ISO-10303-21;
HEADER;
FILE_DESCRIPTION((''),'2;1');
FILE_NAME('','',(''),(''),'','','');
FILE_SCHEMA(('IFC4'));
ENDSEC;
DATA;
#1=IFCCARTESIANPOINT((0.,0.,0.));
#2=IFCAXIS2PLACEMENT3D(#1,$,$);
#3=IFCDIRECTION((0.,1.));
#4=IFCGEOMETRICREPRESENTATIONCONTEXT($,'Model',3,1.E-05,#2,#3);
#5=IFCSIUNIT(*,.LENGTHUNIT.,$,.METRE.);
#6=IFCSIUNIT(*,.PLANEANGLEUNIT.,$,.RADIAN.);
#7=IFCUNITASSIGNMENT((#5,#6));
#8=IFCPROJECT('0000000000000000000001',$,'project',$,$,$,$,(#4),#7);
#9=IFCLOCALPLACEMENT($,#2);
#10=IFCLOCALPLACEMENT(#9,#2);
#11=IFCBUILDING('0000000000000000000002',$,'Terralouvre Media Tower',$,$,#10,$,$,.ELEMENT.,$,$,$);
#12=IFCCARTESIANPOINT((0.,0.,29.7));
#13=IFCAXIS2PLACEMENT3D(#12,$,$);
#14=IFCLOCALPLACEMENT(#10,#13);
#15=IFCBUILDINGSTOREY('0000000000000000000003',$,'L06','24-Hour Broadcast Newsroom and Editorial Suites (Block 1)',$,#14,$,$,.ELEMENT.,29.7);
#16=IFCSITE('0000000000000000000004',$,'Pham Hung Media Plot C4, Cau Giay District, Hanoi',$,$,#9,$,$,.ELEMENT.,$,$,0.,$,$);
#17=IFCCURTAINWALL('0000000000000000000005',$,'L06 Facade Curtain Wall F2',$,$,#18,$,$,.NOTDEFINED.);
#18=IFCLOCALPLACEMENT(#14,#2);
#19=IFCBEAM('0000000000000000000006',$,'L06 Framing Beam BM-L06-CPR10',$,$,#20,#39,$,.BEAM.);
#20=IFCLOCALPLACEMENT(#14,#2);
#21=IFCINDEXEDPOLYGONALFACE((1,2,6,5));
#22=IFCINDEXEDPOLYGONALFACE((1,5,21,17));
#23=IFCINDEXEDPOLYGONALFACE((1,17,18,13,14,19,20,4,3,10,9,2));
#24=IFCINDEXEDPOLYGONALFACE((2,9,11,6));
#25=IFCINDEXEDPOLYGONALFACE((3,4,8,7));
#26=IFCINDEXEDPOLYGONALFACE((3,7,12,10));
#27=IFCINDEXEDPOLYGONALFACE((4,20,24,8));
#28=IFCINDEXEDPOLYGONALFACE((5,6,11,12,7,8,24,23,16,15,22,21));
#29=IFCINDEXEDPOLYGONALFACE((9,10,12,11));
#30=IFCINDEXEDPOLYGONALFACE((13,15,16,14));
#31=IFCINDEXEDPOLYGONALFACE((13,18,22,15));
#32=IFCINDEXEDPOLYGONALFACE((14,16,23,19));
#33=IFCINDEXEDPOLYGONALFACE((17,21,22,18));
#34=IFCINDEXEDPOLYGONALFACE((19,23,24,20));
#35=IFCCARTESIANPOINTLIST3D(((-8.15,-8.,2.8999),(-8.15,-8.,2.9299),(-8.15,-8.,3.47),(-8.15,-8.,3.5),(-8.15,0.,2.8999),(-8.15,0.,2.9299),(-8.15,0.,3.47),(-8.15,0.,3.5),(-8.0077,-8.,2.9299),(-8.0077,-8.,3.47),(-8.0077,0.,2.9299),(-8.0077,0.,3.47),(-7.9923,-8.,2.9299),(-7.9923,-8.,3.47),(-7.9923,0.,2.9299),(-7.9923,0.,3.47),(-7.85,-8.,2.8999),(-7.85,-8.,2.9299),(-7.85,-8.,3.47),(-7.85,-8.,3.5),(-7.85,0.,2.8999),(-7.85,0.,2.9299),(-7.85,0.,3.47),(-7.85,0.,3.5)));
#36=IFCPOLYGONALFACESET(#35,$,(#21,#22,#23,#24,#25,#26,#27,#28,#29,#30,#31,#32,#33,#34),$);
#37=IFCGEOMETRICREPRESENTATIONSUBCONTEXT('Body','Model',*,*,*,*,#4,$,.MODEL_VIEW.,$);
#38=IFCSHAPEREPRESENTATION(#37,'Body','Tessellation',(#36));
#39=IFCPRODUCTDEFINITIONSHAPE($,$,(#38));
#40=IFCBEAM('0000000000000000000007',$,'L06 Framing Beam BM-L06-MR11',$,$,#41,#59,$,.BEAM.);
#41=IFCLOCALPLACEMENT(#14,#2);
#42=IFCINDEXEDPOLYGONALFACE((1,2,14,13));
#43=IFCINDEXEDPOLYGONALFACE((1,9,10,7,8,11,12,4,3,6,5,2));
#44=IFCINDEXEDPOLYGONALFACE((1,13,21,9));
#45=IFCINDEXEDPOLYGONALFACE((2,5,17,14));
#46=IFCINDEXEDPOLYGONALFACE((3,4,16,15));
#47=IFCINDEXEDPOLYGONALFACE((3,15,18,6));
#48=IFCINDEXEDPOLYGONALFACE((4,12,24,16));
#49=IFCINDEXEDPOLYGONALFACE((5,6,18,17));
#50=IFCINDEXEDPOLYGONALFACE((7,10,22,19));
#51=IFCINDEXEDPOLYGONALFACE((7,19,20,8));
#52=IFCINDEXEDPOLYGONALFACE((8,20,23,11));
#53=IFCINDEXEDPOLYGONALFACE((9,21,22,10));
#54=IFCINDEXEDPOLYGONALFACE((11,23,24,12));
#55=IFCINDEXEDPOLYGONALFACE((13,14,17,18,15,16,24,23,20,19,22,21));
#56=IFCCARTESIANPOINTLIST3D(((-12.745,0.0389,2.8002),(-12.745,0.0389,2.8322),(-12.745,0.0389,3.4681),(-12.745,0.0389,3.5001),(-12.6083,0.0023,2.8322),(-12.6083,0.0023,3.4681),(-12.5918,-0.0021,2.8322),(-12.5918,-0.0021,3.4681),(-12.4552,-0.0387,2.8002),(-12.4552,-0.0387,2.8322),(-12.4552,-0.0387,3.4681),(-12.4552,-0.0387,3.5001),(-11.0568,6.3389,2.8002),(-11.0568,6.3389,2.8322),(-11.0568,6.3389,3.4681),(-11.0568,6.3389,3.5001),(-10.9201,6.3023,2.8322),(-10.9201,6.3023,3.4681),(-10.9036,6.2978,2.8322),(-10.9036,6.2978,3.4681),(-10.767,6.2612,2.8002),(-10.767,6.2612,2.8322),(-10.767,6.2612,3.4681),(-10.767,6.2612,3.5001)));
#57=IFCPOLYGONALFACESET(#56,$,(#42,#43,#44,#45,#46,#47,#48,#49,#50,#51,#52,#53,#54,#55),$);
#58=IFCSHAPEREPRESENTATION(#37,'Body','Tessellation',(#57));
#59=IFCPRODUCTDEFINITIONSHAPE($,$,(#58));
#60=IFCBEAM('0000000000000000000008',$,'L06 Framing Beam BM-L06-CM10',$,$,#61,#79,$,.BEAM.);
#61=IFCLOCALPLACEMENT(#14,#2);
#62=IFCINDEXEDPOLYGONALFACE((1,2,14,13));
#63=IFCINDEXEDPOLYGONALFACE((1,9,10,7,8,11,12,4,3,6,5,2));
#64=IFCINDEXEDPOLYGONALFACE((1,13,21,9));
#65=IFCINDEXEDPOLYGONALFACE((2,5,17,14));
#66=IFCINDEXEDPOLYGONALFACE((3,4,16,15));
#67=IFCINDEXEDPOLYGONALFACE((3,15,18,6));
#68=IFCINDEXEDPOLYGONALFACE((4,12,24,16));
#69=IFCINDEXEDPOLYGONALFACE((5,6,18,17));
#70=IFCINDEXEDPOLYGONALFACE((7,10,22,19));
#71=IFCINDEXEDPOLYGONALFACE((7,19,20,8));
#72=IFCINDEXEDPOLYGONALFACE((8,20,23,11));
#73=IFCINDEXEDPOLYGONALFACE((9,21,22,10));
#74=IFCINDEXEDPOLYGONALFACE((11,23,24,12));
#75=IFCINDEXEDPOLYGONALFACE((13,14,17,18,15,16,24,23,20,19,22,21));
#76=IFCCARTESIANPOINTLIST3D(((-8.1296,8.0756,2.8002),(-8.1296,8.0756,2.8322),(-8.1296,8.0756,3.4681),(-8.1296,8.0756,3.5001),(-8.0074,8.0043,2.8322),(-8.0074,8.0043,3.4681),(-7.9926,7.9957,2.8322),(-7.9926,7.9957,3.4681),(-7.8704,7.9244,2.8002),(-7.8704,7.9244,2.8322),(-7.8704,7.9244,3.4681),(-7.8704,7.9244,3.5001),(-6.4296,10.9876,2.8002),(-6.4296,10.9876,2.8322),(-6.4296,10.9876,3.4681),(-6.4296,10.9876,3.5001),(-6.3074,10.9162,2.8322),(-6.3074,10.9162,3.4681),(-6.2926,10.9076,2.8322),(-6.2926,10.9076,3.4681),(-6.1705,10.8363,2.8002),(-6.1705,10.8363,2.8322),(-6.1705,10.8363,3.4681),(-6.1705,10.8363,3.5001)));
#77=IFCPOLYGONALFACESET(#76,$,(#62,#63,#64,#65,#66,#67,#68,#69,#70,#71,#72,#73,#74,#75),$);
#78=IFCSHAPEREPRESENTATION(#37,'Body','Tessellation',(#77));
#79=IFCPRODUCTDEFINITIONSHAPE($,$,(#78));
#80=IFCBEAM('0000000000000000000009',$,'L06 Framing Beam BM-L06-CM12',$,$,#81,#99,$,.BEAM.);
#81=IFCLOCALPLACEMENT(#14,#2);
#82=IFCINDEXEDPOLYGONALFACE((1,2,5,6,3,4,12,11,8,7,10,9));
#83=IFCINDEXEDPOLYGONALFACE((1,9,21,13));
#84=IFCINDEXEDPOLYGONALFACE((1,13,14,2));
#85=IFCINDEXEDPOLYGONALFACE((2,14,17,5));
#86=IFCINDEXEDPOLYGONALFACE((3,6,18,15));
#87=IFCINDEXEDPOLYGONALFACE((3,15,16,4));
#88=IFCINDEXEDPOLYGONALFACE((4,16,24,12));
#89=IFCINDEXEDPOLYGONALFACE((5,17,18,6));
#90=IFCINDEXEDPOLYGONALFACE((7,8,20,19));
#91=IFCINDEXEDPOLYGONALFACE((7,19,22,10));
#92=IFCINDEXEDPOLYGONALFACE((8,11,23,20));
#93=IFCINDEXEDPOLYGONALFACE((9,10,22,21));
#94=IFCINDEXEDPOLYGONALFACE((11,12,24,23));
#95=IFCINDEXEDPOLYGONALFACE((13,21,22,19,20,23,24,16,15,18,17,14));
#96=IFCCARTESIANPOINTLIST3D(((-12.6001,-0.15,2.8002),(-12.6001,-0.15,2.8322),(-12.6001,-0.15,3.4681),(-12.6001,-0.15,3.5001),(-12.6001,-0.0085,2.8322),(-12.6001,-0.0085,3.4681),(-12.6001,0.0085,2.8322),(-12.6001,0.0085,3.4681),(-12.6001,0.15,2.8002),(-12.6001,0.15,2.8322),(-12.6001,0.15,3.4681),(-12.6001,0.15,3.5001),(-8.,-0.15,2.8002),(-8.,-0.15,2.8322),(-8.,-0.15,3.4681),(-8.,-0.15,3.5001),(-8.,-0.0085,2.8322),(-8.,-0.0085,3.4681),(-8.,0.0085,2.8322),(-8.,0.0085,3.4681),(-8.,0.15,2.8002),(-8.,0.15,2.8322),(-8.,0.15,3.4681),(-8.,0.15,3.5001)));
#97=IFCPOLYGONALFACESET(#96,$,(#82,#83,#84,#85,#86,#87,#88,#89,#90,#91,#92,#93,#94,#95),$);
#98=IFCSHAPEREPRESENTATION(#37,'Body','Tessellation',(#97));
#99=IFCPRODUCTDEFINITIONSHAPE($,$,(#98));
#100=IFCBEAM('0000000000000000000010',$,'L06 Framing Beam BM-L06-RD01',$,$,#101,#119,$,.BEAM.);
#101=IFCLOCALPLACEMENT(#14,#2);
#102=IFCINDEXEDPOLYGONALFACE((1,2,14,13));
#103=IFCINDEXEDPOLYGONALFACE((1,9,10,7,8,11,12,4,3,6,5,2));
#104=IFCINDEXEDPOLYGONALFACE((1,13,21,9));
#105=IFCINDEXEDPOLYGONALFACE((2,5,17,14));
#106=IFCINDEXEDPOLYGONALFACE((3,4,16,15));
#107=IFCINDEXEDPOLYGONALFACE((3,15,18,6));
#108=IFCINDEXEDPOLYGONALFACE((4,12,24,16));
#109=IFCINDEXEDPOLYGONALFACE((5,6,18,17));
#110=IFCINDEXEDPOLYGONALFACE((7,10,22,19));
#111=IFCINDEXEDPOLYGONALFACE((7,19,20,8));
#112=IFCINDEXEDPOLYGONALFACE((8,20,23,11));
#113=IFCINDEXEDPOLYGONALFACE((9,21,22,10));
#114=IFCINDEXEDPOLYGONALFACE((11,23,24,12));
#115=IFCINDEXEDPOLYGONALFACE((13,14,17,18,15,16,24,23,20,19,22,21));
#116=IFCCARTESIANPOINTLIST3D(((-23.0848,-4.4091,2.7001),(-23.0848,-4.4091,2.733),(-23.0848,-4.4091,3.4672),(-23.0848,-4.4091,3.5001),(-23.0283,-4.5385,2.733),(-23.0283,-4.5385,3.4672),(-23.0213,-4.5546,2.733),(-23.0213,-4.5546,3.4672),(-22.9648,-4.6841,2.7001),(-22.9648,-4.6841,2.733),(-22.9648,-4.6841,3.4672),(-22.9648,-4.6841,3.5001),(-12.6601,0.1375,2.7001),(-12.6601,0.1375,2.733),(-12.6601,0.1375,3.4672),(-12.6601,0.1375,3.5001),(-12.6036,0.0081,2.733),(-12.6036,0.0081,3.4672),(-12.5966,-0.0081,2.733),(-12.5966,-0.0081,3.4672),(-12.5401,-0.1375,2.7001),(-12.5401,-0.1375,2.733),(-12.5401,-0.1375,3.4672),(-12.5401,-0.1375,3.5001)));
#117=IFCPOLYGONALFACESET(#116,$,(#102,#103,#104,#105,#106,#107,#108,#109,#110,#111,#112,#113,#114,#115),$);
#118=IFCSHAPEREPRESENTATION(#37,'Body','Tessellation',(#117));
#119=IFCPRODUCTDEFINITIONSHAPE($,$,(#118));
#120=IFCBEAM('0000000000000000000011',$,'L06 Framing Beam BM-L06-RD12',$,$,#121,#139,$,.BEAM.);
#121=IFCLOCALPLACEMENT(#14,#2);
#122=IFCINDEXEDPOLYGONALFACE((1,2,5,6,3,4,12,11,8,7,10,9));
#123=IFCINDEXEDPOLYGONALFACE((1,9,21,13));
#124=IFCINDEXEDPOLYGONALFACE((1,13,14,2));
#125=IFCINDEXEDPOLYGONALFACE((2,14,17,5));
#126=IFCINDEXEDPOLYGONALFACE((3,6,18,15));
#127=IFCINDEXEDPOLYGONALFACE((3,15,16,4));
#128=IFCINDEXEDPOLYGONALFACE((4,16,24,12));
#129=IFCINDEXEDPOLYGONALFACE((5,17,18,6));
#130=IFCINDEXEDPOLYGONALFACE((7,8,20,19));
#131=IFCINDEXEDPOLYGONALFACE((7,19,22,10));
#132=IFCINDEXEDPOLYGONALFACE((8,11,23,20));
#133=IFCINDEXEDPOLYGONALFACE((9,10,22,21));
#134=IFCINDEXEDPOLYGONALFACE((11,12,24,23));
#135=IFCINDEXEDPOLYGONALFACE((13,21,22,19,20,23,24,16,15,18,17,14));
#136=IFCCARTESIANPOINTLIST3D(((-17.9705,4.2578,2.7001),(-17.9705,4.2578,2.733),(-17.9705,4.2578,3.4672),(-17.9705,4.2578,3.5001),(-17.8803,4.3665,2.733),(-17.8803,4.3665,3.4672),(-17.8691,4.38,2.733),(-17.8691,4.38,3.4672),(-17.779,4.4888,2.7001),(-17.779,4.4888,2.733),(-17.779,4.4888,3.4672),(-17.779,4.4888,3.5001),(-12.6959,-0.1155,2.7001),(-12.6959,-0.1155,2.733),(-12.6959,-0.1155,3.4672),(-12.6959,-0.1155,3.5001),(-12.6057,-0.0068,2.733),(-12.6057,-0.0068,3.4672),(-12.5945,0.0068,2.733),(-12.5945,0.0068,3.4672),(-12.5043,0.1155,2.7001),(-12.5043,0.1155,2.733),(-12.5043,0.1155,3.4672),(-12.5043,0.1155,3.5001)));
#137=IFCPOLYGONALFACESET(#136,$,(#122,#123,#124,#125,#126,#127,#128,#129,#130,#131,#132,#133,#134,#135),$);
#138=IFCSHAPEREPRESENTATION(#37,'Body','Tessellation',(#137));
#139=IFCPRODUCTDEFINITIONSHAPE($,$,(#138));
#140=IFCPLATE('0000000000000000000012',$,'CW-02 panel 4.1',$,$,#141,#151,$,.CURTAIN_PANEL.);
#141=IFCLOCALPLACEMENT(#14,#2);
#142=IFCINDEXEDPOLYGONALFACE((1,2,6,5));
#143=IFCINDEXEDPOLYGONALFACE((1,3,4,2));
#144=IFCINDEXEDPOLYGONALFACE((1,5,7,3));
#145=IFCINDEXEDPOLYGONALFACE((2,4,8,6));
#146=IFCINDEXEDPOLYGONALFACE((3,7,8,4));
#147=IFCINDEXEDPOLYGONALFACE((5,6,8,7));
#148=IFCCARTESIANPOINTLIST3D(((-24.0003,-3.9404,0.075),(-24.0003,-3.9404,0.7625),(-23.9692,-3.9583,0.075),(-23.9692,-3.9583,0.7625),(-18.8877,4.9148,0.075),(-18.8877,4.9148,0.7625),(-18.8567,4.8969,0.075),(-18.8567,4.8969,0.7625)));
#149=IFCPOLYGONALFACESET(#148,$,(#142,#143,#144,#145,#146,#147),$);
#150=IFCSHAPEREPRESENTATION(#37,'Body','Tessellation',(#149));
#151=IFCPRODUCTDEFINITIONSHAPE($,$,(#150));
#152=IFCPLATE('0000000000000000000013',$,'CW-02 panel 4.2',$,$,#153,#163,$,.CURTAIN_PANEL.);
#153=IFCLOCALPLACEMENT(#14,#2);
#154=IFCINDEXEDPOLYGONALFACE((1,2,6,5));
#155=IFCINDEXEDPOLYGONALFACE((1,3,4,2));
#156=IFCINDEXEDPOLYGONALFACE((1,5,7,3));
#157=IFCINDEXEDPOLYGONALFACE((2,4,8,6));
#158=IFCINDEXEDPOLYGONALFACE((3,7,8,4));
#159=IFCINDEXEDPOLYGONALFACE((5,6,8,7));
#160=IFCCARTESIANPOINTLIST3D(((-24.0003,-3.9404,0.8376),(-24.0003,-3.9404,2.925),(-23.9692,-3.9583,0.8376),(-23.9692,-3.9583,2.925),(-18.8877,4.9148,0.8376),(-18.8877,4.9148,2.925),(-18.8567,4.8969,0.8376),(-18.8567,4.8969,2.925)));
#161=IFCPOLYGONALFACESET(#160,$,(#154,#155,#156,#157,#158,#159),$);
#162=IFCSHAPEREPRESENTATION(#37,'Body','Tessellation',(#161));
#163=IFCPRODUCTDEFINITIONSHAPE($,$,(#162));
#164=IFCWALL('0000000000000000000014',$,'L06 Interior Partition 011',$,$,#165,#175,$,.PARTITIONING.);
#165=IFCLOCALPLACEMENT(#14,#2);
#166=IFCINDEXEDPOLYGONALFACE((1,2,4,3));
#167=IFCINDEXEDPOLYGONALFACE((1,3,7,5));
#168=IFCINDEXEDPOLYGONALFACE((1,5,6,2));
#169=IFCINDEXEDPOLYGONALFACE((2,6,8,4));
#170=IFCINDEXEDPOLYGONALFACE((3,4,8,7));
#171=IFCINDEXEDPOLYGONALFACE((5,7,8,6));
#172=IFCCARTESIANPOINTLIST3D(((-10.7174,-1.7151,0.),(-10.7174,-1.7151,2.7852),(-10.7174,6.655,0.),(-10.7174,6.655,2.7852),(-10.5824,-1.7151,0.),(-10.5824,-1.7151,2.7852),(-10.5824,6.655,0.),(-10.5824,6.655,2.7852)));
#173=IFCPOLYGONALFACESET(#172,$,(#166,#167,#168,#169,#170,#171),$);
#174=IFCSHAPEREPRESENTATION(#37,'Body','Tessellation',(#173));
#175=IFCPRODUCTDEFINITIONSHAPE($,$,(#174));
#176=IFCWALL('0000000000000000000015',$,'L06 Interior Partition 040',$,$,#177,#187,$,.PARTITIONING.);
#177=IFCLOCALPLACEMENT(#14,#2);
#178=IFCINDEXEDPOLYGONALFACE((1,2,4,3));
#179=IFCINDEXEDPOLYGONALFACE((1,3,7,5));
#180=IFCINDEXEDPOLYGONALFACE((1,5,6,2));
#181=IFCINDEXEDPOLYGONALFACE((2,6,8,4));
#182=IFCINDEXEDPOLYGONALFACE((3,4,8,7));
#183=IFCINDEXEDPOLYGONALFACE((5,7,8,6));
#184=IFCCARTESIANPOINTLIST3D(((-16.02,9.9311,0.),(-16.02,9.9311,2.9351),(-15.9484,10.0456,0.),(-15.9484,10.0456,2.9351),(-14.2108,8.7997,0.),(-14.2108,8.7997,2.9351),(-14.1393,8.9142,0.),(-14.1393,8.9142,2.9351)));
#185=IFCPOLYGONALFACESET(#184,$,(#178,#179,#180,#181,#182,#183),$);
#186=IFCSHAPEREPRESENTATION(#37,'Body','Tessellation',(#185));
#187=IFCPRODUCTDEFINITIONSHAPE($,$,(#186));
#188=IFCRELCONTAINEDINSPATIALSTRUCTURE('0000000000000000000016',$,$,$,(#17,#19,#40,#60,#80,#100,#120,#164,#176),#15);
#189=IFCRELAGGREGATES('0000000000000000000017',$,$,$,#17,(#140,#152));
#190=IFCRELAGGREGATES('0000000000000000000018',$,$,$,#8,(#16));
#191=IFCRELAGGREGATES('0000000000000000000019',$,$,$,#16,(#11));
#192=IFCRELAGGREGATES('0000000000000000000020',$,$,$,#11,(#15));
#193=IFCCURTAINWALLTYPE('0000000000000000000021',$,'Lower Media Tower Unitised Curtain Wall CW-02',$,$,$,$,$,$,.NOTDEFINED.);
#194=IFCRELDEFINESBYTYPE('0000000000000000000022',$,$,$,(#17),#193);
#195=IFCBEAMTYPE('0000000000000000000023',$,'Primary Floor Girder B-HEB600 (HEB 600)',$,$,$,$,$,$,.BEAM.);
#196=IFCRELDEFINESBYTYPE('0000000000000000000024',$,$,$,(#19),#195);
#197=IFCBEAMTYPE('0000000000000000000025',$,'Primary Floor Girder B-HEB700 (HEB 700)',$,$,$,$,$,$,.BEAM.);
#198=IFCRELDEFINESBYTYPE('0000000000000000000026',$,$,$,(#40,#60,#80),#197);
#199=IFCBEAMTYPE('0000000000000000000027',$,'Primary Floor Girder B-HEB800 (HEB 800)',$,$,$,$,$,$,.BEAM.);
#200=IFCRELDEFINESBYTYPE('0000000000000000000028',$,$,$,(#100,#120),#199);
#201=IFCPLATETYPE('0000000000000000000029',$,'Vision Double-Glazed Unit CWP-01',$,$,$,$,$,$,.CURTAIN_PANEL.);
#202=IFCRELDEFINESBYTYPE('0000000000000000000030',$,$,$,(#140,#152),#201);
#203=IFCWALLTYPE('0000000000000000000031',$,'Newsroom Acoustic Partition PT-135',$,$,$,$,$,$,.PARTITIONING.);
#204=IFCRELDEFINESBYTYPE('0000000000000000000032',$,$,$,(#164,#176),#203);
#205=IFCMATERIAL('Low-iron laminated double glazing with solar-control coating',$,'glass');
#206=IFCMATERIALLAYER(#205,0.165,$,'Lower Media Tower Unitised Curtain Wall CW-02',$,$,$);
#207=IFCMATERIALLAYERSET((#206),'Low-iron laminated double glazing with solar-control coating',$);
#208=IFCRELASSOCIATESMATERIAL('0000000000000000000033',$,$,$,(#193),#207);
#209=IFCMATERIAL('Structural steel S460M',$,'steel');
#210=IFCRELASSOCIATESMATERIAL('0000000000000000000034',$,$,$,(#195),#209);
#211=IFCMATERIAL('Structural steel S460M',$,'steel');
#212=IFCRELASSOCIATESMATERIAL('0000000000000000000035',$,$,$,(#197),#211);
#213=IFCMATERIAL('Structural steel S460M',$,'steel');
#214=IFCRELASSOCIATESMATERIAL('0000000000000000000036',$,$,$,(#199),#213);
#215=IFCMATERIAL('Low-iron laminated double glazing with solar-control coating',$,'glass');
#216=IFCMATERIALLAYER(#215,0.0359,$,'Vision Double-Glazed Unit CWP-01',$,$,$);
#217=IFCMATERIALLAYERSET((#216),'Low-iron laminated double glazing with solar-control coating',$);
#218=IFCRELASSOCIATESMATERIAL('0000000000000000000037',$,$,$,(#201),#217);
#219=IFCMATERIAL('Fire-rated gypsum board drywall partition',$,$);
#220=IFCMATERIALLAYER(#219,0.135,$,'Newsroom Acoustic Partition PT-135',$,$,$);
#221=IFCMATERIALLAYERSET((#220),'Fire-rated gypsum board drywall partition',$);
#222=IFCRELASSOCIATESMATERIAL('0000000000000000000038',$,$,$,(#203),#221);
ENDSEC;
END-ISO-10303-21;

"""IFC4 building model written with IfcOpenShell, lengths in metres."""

from ifc_helpers import new_model, si_unit, direction, frame, frame_2d, origin, origin_2d, place, context, subcontext, project, spatial, rectangle, i_section, extrude, material, layer, layer_set, material_profile, profile_set, type_object, element, aggregate, save


model = new_model("IFC4")

# Units and contexts
model_context = context("Model", 3, precision=1e-05, world=origin(), true_north=direction((0.0, 1.0)))
body_context = subcontext(model_context, "Body", "Model", "MODEL_VIEW")
ifc_project = project(units=[si_unit("LENGTHUNIT", "METRE"), si_unit("PLANEANGLEUNIT", "RADIAN")], contexts=[model_context])

# Site, building, storey
site_placement = place(None, origin())
site = spatial("IfcSite", under=ifc_project, at=site_placement, Name="Pham Hung Media Plot C4, Cau Giay District, Hanoi", CompositionType="ELEMENT", RefElevation=0.0)
building_placement = place(site_placement, origin())
building = spatial("IfcBuilding", under=site, at=building_placement, Name="Terralouvre Media Tower", CompositionType="ELEMENT")
storey_placement = place(building_placement, frame((0.0, 0.0, 29.7)))
storey = spatial("IfcBuildingStorey", under=building, at=storey_placement, Name="L06", Description="24-Hour Broadcast Newsroom and Editorial Suites (Block 1)", CompositionType="ELEMENT", Elevation=29.7)

# Curtain wall
ifc_material_1 = material(Name="Low-iron laminated double glazing with solar-control coating", Category="glass")
ifc_layer_1 = layer(ifc_material_1, 0.165, Name="Lower Media Tower Unitised Curtain Wall CW-02")
ifc_layer_set_1 = layer_set([ifc_layer_1], Name="Low-iron laminated double glazing with solar-control coating")
curtain_wall_type = type_object("IfcCurtainWallType", Name="Lower Media Tower Unitised Curtain Wall CW-02", PredefinedType="NOTDEFINED", material=ifc_layer_set_1)
curtain_wall_placement = place(storey_placement, origin())
curtain_wall = element("IfcCurtainWall", 1, at=curtain_wall_placement, inside=storey, type_object=curtain_wall_type, Name="L06 Facade Curtain Wall F2", PredefinedType="NOTDEFINED")

# Beams
ifc_material_2 = material(Name="Structural steel S460M", Category="steel")
ifc_material_profile_1 = material_profile(ifc_material_2, i_section(OverallWidth=0.3, OverallDepth=0.6001, WebThickness=0.0154, FlangeThickness=0.03, at=origin_2d()), Name="HEB 600")
ifc_profile_set_1 = profile_set([ifc_material_profile_1], Name="Structural steel S460M")
beam_type_1 = type_object("IfcBeamType", Name="Primary Floor Girder B-HEB600 (HEB 600)", PredefinedType="BEAM", material=ifc_profile_set_1)
for number, where, z_axis, x_axis, name in (
    (2, (-8.0, 0.0, 3.2), (0.0, -1.0, 0.0), (1.0, 0.0, 0.0), "L06 Framing Beam BM-L06-CPR10"),
):
    element("IfcBeam", number, at=place(storey_placement, frame(where, z_axis=z_axis, x_axis=x_axis)), inside=storey, type_object=beam_type_1, Name=name, PredefinedType="BEAM", context=body_context, shape_type="SweptSolid", body=[
        extrude(i_section(OverallWidth=0.3, OverallDepth=0.6001, WebThickness=0.0154, FlangeThickness=0.03, at=origin_2d()), origin(), (0.0, 0.0, 1.0), 8.0),
    ])
ifc_material_3 = material(Name="Structural steel S460M", Category="steel")
ifc_material_profile_2 = material_profile(ifc_material_3, i_section(OverallWidth=0.3, OverallDepth=0.7, WebThickness=0.0171, FlangeThickness=0.032, at=origin_2d()), Name="HEB 700")
ifc_profile_set_2 = profile_set([ifc_material_profile_2], Name="Structural steel S460M")
beam_type_2 = type_object("IfcBeamType", Name="Primary Floor Girder B-HEB700 (HEB 700)", PredefinedType="BEAM", material=ifc_profile_set_2)
beam_1_placement = place(storey_placement, frame((-10.9119, 6.3, 3.1501), z_axis=(-0.258839, -0.96592, 0.0), x_axis=(0.96592, -0.258839, 0.0)))
element("IfcBeam", 3, at=beam_1_placement, inside=storey, type_object=beam_type_2, Name="L06 Framing Beam BM-L06-MR11", PredefinedType="BEAM", context=body_context, shape_type="SweptSolid", body=[
    extrude(i_section(OverallWidth=0.3, OverallDepth=0.7, WebThickness=0.0171, FlangeThickness=0.032, at=origin_2d()), origin(), (0.0, 0.0, 1.0), 6.5222),
])
beam_2_placement = place(storey_placement, frame((-8.0, 8.0, 3.1501), z_axis=(0.504173, 0.863603, 0.0), x_axis=(-0.863603, 0.504173, 0.0)))
element("IfcBeam", 4, at=beam_2_placement, inside=storey, type_object=beam_type_2, Name="L06 Framing Beam BM-L06-CM10", PredefinedType="BEAM", context=body_context, shape_type="SweptSolid", body=[
    extrude(i_section(OverallWidth=0.3, OverallDepth=0.7, WebThickness=0.0171, FlangeThickness=0.032, at=origin_2d()), origin(), (0.0, 0.0, 1.0), 3.3718),
])
beam_3_placement = place(storey_placement, frame((-8.0, 0.0, 3.1501), z_axis=(-1.0, 0.0, 0.0), x_axis=(0.0, -1.0, 0.0)))
element("IfcBeam", 5, at=beam_3_placement, inside=storey, type_object=beam_type_2, Name="L06 Framing Beam BM-L06-CM12", PredefinedType="BEAM", context=body_context, shape_type="SweptSolid", body=[
    extrude(i_section(OverallWidth=0.3, OverallDepth=0.7, WebThickness=0.0171, FlangeThickness=0.032, at=origin_2d()), origin(), (0.0, 0.0, 1.0), 4.6001),
])
ifc_material_4 = material(Name="Structural steel S460M", Category="steel")
ifc_material_profile_3 = material_profile(ifc_material_4, i_section(OverallWidth=0.3, OverallDepth=0.8, WebThickness=0.0176, FlangeThickness=0.033, at=origin_2d()), Name="HEB 800")
ifc_profile_set_3 = profile_set([ifc_material_profile_3], Name="Structural steel S460M")
beam_type_3 = type_object("IfcBeamType", Name="Primary Floor Girder B-HEB800 (HEB 800)", PredefinedType="BEAM", material=ifc_profile_set_3)
beam_4_placement = place(storey_placement, frame((-12.6001, 0.0, 3.1001), z_axis=(-0.916616, -0.399769, 0.0), x_axis=(0.399769, -0.916616, 0.0)))
element("IfcBeam", 6, at=beam_4_placement, inside=storey, type_object=beam_type_3, Name="L06 Framing Beam BM-L06-RD01", PredefinedType="BEAM", context=body_context, shape_type="SweptSolid", body=[
    extrude(i_section(OverallWidth=0.3, OverallDepth=0.8, WebThickness=0.0176, FlangeThickness=0.033, at=origin_2d()), origin(), (0.0, 0.0, 1.0), 11.373),
])
beam_5_placement = place(storey_placement, frame((-12.6001, 0.0, 3.1001), z_axis=(-0.769816, 0.638265, 0.0), x_axis=(-0.638265, -0.769816, 0.0)))
element("IfcBeam", 7, at=beam_5_placement, inside=storey, type_object=beam_type_3, Name="L06 Framing Beam BM-L06-RD12", PredefinedType="BEAM", context=body_context, shape_type="SweptSolid", body=[
    extrude(i_section(OverallWidth=0.3, OverallDepth=0.8, WebThickness=0.0176, FlangeThickness=0.033, at=origin_2d()), origin(), (0.0, 0.0, 1.0), 6.8518),
])

# Plates
ifc_material_5 = material(Name="Low-iron laminated double glazing with solar-control coating", Category="glass")
ifc_layer_2 = layer(ifc_material_5, 0.0359, Name="Vision Double-Glazed Unit CWP-01")
ifc_layer_set_2 = layer_set([ifc_layer_2], Name="Low-iron laminated double glazing with solar-control coating")
plate_type = type_object("IfcPlateType", Name="Vision Double-Glazed Unit CWP-01", PredefinedType="CURTAIN_PANEL", material=ifc_layer_set_2)
plate_1_placement = place(storey_placement, frame((-21.4285, 0.4783, 0.075), z_axis=(0.0, 0.0, 1.0), x_axis=(-0.5, -0.866025, 0.0)))
plate_1 = element("IfcPlate", 8, at=plate_1_placement, type_object=plate_type, Name="CW-02 panel 4.1", PredefinedType="CURTAIN_PANEL", context=body_context, shape_type="SweptSolid", body=[
    extrude(rectangle(XDim=10.2251, YDim=0.0359, at=origin_2d()), origin(), (0.0, 0.0, 1.0), 0.6875),
])
plate_2_placement = place(storey_placement, frame((-21.4285, 0.4783, 0.8376), z_axis=(0.0, 0.0, 1.0), x_axis=(-0.5, -0.866025, 0.0)))
plate_2 = element("IfcPlate", 9, at=plate_2_placement, type_object=plate_type, Name="CW-02 panel 4.2", PredefinedType="CURTAIN_PANEL", context=body_context, shape_type="SweptSolid", body=[
    extrude(rectangle(XDim=10.2251, YDim=0.0359, at=origin_2d()), origin(), (0.0, 0.0, 1.0), 2.0874),
])
aggregate(curtain_wall, [plate_1, plate_2])

# Walls
ifc_material_6 = material(Name="Fire-rated gypsum board drywall partition")
ifc_layer_3 = layer(ifc_material_6, 0.135, Name="Newsroom Acoustic Partition PT-135")
ifc_layer_set_3 = layer_set([ifc_layer_3], Name="Fire-rated gypsum board drywall partition")
wall_type = type_object("IfcWallType", Name="Newsroom Acoustic Partition PT-135", PredefinedType="PARTITIONING", material=ifc_layer_set_3)
wall_1_placement = place(storey_placement, frame((-10.6499, 6.655, 0.0), z_axis=(0.0, 0.0, 1.0), x_axis=(0.0, -1.0, 0.0)))
element("IfcWall", 10, at=wall_1_placement, inside=storey, type_object=wall_type, Name="L06 Interior Partition 011", PredefinedType="PARTITIONING", context=body_context, shape_type="SweptSolid", body=[
    extrude(rectangle(XDim=8.3701, YDim=0.135, at=frame_2d((4.1851, 0.0))), origin(), (0.0, 0.0, 1.0), 2.7852),
])
wall_2_placement = place(storey_placement, frame((-14.175, 8.8569, 0.0), z_axis=(0.0, 0.0, 1.0), x_axis=(-0.847857, 0.530225, 0.0)))
element("IfcWall", 11, at=wall_2_placement, inside=storey, type_object=wall_type, Name="L06 Interior Partition 040", PredefinedType="PARTITIONING", context=body_context, shape_type="SweptSolid", body=[
    extrude(rectangle(XDim=2.1338, YDim=0.135, at=frame_2d((1.0669, 0.0))), origin(), (0.0, 0.0, 1.0), 2.9351),
])

save(model, "model.ifc")
